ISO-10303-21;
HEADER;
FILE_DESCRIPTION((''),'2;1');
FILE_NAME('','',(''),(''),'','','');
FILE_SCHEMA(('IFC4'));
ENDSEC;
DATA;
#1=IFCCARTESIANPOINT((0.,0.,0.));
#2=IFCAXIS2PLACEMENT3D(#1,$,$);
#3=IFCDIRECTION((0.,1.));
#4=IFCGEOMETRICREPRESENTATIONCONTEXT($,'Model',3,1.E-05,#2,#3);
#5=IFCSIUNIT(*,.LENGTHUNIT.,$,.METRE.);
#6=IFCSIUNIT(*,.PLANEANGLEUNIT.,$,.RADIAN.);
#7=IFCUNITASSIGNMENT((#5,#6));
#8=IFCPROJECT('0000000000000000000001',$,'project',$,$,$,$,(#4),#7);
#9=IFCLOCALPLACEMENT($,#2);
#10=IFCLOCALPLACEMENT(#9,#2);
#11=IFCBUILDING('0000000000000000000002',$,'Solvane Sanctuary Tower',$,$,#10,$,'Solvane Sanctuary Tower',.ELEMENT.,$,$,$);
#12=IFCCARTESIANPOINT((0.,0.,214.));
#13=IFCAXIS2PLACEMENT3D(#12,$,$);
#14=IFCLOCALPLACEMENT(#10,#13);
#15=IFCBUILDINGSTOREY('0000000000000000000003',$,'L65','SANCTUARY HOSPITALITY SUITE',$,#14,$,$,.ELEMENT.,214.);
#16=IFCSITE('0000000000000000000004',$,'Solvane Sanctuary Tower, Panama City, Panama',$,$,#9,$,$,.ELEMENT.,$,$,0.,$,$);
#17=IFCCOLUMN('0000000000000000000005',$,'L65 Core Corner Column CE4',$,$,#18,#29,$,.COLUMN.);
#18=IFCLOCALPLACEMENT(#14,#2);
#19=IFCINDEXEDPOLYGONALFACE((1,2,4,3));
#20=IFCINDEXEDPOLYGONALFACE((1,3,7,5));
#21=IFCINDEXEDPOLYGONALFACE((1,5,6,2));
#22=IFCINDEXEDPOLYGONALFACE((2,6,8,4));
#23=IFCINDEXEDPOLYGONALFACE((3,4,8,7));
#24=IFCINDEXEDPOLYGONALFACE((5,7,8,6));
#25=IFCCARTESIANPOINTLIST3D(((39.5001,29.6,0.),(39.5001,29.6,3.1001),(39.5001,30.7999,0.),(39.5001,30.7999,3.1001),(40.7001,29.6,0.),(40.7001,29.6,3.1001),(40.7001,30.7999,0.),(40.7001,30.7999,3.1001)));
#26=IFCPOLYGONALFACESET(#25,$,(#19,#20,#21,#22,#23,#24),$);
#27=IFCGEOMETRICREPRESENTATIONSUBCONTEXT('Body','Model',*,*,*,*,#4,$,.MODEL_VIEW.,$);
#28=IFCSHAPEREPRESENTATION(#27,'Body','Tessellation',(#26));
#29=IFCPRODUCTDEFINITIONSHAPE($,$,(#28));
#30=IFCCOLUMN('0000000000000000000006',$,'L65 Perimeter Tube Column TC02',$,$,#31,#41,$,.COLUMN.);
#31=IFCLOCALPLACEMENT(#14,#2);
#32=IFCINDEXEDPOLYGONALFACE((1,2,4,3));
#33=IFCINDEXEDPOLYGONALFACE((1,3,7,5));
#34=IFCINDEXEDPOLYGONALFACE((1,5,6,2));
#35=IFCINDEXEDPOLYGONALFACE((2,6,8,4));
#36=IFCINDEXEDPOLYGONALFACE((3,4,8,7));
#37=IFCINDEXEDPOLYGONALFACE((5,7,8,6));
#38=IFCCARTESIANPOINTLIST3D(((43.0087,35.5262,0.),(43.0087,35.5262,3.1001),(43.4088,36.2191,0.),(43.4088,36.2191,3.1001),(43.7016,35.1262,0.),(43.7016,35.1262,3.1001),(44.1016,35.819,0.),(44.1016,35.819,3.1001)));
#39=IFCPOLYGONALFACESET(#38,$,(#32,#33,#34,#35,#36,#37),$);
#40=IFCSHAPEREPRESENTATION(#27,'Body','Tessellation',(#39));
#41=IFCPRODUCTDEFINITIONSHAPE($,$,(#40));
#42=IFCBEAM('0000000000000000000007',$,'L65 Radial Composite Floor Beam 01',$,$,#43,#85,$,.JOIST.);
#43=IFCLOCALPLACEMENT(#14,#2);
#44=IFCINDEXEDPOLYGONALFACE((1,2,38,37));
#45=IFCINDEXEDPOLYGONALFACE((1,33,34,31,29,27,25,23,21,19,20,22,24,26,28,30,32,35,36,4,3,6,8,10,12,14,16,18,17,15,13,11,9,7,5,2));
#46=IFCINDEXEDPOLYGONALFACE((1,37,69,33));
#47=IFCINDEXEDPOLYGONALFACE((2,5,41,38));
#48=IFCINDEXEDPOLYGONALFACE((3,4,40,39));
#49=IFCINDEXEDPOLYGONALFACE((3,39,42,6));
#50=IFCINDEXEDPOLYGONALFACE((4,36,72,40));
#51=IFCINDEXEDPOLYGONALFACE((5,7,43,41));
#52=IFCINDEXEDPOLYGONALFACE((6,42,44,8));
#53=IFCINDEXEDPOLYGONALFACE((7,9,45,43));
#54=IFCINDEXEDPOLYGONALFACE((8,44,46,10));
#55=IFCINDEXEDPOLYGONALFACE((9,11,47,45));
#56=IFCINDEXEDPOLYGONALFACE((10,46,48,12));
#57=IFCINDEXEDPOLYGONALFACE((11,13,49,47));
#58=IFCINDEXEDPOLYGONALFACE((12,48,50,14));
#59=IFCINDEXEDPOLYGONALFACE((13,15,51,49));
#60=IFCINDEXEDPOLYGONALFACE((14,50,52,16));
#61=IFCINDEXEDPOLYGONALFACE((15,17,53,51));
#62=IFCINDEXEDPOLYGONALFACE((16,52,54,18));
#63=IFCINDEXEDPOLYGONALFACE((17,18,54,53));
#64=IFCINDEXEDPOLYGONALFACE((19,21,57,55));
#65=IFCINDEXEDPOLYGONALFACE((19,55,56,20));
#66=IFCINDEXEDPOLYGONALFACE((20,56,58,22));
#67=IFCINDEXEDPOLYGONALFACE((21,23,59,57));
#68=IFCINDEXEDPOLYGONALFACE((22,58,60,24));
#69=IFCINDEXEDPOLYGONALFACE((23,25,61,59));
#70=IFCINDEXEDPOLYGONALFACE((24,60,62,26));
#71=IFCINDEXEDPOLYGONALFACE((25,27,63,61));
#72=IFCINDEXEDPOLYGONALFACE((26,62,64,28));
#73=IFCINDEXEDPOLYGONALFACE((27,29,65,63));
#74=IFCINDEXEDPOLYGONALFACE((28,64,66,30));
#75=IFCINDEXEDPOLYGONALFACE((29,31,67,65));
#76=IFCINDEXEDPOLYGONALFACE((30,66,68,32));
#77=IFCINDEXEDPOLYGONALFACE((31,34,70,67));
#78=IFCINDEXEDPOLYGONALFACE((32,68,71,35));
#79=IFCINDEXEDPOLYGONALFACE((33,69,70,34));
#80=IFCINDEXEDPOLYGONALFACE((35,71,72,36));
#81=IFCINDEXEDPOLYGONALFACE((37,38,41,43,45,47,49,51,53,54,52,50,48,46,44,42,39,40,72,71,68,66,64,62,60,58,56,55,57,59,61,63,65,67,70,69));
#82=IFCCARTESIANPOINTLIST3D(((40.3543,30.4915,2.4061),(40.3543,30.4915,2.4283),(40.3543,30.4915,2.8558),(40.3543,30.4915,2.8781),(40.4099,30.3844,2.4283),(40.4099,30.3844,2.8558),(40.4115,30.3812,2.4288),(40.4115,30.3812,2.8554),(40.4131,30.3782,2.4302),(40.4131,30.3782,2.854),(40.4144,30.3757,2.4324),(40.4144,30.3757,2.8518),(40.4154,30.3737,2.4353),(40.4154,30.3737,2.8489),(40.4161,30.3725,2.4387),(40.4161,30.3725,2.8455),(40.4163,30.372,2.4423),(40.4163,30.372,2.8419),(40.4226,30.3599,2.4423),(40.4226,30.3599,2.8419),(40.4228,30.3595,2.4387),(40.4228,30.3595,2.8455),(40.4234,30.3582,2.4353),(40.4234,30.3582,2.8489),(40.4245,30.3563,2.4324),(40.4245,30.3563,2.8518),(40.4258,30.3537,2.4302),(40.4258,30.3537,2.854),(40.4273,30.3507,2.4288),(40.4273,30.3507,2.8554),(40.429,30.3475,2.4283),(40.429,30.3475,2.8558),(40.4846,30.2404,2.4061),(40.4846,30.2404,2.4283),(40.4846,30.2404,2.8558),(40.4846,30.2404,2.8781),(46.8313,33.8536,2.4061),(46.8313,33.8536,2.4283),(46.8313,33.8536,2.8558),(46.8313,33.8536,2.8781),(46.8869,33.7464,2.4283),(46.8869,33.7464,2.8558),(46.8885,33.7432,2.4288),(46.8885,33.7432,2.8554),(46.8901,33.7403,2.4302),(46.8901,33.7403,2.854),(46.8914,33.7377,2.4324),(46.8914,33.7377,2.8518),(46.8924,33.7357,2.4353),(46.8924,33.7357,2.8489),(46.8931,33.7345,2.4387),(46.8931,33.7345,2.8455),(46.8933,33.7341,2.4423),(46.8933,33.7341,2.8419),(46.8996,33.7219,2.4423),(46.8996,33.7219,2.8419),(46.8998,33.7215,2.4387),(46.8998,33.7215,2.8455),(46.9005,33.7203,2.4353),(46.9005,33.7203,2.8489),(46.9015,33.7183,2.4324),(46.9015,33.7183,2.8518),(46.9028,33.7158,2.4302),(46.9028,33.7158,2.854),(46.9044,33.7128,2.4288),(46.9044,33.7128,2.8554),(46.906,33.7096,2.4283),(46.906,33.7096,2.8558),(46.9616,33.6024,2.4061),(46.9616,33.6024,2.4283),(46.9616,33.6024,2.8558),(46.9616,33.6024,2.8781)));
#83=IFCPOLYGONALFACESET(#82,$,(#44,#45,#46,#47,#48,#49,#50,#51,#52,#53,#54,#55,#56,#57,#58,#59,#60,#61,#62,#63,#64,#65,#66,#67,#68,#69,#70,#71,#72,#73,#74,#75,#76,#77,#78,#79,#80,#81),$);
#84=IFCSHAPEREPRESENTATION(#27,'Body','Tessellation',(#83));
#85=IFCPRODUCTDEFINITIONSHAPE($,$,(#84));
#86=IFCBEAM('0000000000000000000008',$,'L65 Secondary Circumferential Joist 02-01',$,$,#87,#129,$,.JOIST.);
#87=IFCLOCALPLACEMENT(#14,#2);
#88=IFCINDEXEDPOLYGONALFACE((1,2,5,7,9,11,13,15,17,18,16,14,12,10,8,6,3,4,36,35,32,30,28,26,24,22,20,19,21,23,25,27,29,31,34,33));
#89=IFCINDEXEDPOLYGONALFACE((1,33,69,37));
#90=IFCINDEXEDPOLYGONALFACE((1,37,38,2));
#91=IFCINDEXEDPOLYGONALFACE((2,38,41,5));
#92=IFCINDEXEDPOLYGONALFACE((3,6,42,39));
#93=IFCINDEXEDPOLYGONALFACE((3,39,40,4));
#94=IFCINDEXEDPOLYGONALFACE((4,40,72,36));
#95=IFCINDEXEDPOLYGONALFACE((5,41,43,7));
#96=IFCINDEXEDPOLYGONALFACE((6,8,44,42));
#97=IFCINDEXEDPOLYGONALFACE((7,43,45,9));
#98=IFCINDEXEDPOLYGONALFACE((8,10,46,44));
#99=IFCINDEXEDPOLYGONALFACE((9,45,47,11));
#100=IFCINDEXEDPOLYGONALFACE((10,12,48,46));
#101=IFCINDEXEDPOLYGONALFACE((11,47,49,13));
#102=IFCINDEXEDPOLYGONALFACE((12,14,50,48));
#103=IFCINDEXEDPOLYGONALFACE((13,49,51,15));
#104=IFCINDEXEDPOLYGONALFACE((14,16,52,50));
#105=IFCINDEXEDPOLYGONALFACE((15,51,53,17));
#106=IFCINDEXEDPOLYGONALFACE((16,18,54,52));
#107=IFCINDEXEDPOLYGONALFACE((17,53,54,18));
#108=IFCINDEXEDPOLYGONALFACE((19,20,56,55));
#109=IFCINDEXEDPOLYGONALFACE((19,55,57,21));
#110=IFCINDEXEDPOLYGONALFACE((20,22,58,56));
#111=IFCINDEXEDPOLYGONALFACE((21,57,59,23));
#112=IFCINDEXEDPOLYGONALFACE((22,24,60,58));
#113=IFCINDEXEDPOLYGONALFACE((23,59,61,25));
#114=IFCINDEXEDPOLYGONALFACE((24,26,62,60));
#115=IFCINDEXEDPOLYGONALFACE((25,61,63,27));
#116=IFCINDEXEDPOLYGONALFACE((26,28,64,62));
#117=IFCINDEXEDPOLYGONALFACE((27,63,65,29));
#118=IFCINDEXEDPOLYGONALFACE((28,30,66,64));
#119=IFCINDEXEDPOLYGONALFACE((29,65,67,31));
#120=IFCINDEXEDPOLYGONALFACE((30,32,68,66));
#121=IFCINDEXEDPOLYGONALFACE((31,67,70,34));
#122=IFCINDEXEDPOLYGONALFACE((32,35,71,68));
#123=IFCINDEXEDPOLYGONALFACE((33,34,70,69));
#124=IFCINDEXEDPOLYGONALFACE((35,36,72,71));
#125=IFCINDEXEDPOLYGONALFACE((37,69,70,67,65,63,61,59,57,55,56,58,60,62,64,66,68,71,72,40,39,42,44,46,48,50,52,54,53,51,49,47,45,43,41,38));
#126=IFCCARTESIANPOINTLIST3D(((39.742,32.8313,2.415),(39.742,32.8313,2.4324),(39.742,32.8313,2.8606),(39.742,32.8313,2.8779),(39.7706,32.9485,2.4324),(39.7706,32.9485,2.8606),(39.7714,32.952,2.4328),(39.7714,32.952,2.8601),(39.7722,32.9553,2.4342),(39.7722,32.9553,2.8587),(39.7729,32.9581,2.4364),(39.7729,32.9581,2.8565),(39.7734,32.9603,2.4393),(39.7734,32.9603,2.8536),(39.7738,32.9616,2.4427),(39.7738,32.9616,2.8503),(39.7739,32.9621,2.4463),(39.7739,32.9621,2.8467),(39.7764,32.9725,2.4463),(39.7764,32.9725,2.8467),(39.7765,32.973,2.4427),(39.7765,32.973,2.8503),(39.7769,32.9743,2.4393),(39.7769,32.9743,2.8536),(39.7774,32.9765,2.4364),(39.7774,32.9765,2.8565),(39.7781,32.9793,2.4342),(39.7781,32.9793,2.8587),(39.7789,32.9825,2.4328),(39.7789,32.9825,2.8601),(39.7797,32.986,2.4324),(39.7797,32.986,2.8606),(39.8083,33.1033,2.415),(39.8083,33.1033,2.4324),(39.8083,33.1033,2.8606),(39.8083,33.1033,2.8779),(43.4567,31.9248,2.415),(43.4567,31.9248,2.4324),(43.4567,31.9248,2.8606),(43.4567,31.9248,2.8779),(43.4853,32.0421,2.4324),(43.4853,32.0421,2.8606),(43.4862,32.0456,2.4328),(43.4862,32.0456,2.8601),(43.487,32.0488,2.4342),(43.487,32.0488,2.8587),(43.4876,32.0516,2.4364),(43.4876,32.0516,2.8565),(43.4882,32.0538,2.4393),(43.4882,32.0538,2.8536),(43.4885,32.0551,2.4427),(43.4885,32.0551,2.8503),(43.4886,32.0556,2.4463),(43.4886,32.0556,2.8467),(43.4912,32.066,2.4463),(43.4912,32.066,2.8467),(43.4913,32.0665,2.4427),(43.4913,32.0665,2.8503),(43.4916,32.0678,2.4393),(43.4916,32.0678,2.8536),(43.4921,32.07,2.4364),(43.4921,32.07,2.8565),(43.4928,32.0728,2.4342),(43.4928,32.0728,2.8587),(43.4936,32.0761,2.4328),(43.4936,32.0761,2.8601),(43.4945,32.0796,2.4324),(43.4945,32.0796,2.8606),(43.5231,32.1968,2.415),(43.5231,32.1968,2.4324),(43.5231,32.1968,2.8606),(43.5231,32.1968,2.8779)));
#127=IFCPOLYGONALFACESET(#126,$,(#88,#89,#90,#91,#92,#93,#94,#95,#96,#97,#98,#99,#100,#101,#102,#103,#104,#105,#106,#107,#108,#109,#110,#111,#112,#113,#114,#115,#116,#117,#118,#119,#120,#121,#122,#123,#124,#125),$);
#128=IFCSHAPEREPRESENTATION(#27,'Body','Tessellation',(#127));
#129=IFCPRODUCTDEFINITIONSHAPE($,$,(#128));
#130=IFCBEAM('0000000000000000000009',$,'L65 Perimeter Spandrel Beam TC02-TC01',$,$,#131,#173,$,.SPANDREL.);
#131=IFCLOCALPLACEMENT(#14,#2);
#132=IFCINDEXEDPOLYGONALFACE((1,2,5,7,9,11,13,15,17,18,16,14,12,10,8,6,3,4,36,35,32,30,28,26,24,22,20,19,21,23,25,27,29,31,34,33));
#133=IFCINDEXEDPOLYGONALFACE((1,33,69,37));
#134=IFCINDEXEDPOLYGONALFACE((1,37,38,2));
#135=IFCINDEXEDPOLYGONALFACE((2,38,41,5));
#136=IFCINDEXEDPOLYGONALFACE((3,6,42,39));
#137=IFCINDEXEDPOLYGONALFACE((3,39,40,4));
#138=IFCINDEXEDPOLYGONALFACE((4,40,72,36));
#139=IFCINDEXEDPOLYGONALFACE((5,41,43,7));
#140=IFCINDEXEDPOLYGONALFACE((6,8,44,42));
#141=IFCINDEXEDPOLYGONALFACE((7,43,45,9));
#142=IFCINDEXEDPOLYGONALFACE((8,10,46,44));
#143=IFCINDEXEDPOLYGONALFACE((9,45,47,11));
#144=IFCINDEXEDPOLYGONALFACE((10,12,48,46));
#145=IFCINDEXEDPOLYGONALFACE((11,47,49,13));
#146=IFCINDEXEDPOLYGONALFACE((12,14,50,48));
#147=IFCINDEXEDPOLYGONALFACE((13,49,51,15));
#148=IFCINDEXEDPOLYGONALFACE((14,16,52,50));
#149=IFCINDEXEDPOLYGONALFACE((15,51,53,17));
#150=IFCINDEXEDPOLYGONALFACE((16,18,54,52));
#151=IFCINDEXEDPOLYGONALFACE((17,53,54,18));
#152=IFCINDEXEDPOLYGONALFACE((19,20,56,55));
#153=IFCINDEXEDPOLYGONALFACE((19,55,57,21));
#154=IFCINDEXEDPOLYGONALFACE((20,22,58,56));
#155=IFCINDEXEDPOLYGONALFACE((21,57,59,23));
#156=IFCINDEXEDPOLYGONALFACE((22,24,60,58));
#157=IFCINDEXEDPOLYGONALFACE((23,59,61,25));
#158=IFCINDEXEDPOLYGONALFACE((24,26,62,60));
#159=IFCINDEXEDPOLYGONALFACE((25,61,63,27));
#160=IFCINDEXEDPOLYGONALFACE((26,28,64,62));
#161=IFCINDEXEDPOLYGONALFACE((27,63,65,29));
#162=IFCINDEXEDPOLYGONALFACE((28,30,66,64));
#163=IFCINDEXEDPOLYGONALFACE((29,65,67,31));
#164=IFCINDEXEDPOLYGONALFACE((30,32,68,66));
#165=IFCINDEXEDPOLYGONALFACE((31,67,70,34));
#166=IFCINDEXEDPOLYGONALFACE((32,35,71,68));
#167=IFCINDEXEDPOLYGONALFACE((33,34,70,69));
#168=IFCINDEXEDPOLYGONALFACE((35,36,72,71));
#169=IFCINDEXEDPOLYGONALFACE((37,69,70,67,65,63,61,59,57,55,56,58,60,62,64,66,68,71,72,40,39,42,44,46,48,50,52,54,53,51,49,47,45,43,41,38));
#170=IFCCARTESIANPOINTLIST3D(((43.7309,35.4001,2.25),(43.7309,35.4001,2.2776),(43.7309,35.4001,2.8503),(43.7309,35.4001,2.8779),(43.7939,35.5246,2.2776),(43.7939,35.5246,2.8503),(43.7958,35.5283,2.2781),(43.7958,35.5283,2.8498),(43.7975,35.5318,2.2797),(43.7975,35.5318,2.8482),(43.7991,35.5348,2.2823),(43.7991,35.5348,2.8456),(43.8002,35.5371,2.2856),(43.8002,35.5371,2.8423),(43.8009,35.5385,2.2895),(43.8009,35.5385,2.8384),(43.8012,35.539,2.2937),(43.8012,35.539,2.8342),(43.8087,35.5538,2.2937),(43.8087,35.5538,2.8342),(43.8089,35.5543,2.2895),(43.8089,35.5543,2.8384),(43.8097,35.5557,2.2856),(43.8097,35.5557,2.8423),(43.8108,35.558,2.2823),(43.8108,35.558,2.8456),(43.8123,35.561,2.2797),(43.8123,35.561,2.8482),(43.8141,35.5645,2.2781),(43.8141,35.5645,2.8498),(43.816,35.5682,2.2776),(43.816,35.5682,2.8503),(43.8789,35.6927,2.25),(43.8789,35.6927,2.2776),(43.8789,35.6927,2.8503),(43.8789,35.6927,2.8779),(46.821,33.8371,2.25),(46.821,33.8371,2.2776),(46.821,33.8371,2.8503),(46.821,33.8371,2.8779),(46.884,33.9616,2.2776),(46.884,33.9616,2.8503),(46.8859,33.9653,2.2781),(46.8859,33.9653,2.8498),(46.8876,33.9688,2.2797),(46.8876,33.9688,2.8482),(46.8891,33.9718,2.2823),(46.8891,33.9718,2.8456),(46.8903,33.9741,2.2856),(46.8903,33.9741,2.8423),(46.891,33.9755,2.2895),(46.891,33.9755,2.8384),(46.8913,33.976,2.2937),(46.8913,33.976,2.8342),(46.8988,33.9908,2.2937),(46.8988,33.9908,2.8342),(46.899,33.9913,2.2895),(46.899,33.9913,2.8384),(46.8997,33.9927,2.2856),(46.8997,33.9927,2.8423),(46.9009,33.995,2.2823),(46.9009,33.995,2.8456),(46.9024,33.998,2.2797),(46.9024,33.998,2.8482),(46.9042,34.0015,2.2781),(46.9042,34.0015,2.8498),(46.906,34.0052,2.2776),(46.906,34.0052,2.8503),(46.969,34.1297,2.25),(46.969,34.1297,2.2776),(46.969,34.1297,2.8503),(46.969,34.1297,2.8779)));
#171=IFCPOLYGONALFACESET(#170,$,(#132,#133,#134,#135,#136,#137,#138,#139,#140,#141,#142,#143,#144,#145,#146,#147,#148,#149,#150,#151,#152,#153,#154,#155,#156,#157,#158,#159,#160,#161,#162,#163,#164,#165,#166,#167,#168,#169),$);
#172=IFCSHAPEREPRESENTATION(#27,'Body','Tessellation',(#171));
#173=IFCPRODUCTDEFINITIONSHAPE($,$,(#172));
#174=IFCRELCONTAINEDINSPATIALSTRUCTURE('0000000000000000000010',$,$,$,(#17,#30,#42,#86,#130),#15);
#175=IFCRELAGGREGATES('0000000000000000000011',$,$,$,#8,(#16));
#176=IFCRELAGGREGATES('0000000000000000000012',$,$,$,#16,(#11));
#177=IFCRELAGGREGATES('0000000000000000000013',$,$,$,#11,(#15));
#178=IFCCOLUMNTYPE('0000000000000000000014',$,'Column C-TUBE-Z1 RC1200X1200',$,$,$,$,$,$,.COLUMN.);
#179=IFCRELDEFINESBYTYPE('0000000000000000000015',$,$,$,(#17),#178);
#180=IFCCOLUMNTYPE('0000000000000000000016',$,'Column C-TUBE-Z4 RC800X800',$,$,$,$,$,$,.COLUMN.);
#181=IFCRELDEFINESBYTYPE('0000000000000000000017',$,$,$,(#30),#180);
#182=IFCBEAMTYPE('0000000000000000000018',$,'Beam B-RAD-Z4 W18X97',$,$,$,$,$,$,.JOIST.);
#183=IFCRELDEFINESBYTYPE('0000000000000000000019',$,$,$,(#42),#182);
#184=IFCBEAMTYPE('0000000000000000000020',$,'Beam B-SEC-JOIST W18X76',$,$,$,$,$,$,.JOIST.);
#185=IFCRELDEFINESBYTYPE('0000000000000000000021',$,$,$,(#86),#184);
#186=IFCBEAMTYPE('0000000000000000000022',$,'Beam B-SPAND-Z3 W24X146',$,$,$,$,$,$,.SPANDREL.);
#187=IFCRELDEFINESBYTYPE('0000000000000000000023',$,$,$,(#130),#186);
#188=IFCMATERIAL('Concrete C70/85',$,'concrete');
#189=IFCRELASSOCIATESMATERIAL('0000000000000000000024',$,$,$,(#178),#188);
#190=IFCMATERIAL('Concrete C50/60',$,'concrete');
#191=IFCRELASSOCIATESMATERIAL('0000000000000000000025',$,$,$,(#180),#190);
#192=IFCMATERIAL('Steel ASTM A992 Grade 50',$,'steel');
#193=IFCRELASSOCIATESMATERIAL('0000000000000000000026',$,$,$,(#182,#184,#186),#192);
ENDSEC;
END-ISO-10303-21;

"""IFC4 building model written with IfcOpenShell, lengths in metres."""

from ifc_helpers import new_model, si_unit, direction, frame, origin, origin_2d, place, context, subcontext, project, spatial, rectangle, i_section, extrude, material, material_profile, profile_set, type_object, element, save


model = new_model("IFC4")

# Units and contexts
model_context = context("Model", 3, precision=1e-05, world=origin(), true_north=direction((0.0, 1.0)))
body_context = subcontext(model_context, "Body", "Model", "MODEL_VIEW")
ifc_project = project(units=[si_unit("LENGTHUNIT", "METRE"), si_unit("PLANEANGLEUNIT", "RADIAN")], contexts=[model_context])

# Site, building, storey
site_placement = place(None, origin())
site = spatial("IfcSite", under=ifc_project, at=site_placement, Name="Solvane Sanctuary Tower, Panama City, Panama", CompositionType="ELEMENT", RefElevation=0.0)
building_placement = place(site_placement, origin())
building = spatial("IfcBuilding", under=site, at=building_placement, Name="Solvane Sanctuary Tower", LongName="Solvane Sanctuary Tower", CompositionType="ELEMENT")
storey_placement = place(building_placement, frame((0.0, 0.0, 214.0)))
storey = spatial("IfcBuildingStorey", under=building, at=storey_placement, Name="L65", Description="SANCTUARY HOSPITALITY SUITE", CompositionType="ELEMENT", Elevation=214.0)

# Columns
ifc_material_1 = material(Name="Concrete C70/85", Category="concrete")
ifc_material_profile_1 = material_profile(ifc_material_1, rectangle(XDim=1.2, YDim=1.2, at=origin_2d()), Name="RC1200X1200")
ifc_profile_set_1 = profile_set([ifc_material_profile_1], Name="Concrete C70/85")
column_type_1 = type_object("IfcColumnType", Name="Column C-TUBE-Z1 RC1200X1200", PredefinedType="COLUMN", material=ifc_profile_set_1)
column_1_placement = place(storey_placement, frame((40.1001, 30.2, 0.0), z_axis=(0.0, 0.0, 1.0), x_axis=(1.0, 0.0, 0.0)))
element("IfcColumn", 1, at=column_1_placement, inside=storey, type_object=column_type_1, Name="L65 Core Corner Column CE4", PredefinedType="COLUMN", context=body_context, shape_type="SweptSolid", body=[
    extrude(rectangle(XDim=1.2, YDim=1.2, at=origin_2d()), origin(), (0.0, 0.0, 1.0), 3.1001),
])
ifc_material_2 = material(Name="Concrete C50/60", Category="concrete")
ifc_material_profile_2 = material_profile(ifc_material_2, rectangle(XDim=0.8, YDim=0.8, at=origin_2d()), Name="RC800X800")
ifc_profile_set_2 = profile_set([ifc_material_profile_2], Name="Concrete C50/60")
column_type_2 = type_object("IfcColumnType", Name="Column C-TUBE-Z4 RC800X800", PredefinedType="COLUMN", material=ifc_profile_set_2)
column_2_placement = place(storey_placement, frame((43.5552, 35.6726, 0.0), z_axis=(0.0, 0.0, 1.0), x_axis=(0.5, 0.866025, 0.0)))
element("IfcColumn", 2, at=column_2_placement, inside=storey, type_object=column_type_2, Name="L65 Perimeter Tube Column TC02", PredefinedType="COLUMN", context=body_context, shape_type="SweptSolid", body=[
    extrude(rectangle(XDim=0.8, YDim=0.8, at=origin_2d()), origin(), (0.0, 0.0, 1.0), 3.1001),
])

# Beams
ifc_material_3 = material(Name="Steel ASTM A992 Grade 50", Category="steel")
ifc_material_profile_3 = material_profile(ifc_material_3, i_section(OverallWidth=0.283, OverallDepth=0.4719, WebThickness=0.0137, FlangeThickness=0.0222, FilletRadius=0.0139, at=origin_2d()), Name="W18X97")
ifc_profile_set_3 = profile_set([ifc_material_profile_3], Name="Steel ASTM A992 Grade 50")
beam_type_1 = type_object("IfcBeamType", Name="Beam B-RAD-Z4 W18X97", PredefinedType="JOIST", material=ifc_profile_set_3)
beam_1_placement = place(storey_placement, frame((40.4194, 30.366, 2.6421), z_axis=(0.887553, 0.460705, 0.0), x_axis=(-0.460705, 0.887553, 0.0)))
element("IfcBeam", 3, at=beam_1_placement, inside=storey, type_object=beam_type_1, Name="L65 Radial Composite Floor Beam 01", PredefinedType="JOIST", context=body_context, shape_type="SweptSolid", body=[
    extrude(i_section(OverallWidth=0.283, OverallDepth=0.4719, WebThickness=0.0137, FlangeThickness=0.0222, FilletRadius=0.0139, at=origin_2d()), origin(), (0.0, 0.0, 1.0), 7.2976),
])
ifc_material_profile_4 = material_profile(ifc_material_3, i_section(OverallWidth=0.28, OverallDepth=0.4629, WebThickness=0.0107, FlangeThickness=0.0173, FilletRadius=0.0139, at=origin_2d()), Name="W18X76")
ifc_profile_set_4 = profile_set([ifc_material_profile_4], Name="Steel ASTM A992 Grade 50")
beam_type_2 = type_object("IfcBeamType", Name="Beam B-SEC-JOIST W18X76", PredefinedType="JOIST", material=ifc_profile_set_4)
beam_2_placement = place(storey_placement, frame((39.7751, 32.9673, 2.6465), z_axis=(0.971494, -0.237063, 0.0), x_axis=(0.237063, 0.971494, 0.0)))
element("IfcBeam", 4, at=beam_2_placement, inside=storey, type_object=beam_type_2, Name="L65 Secondary Circumferential Joist 02-01", PredefinedType="JOIST", context=body_context, shape_type="SweptSolid", body=[
    extrude(i_section(OverallWidth=0.28, OverallDepth=0.4629, WebThickness=0.0107, FlangeThickness=0.0173, FilletRadius=0.0139, at=origin_2d()), origin(), (0.0, 0.0, 1.0), 3.8237),
])
ifc_material_profile_5 = material_profile(ifc_material_3, i_section(OverallWidth=0.3279, OverallDepth=0.6279, WebThickness=0.0166, FlangeThickness=0.0276, FilletRadius=0.0161, at=origin_2d()), Name="W24X146")
ifc_profile_set_5 = profile_set([ifc_material_profile_5], Name="Steel ASTM A992 Grade 50")
beam_type_3 = type_object("IfcBeamType", Name="Beam B-SPAND-Z3 W24X146", PredefinedType="SPANDREL", material=ifc_profile_set_5)
beam_3_placement = place(storey_placement, frame((43.8049, 35.5464, 2.564), z_axis=(0.892345, -0.451354, 0.0), x_axis=(0.451354, 0.892345, 0.0)))
element("IfcBeam", 5, at=beam_3_placement, inside=storey, type_object=beam_type_3, Name="L65 Perimeter Spandrel Beam TC02-TC01", PredefinedType="SPANDREL", context=body_context, shape_type="SweptSolid", body=[
    extrude(i_section(OverallWidth=0.3279, OverallDepth=0.6279, WebThickness=0.0166, FlangeThickness=0.0276, FilletRadius=0.0161, at=origin_2d()), origin(), (0.0, 0.0, 1.0), 3.4629),
])

save(model, "model.ifc")
